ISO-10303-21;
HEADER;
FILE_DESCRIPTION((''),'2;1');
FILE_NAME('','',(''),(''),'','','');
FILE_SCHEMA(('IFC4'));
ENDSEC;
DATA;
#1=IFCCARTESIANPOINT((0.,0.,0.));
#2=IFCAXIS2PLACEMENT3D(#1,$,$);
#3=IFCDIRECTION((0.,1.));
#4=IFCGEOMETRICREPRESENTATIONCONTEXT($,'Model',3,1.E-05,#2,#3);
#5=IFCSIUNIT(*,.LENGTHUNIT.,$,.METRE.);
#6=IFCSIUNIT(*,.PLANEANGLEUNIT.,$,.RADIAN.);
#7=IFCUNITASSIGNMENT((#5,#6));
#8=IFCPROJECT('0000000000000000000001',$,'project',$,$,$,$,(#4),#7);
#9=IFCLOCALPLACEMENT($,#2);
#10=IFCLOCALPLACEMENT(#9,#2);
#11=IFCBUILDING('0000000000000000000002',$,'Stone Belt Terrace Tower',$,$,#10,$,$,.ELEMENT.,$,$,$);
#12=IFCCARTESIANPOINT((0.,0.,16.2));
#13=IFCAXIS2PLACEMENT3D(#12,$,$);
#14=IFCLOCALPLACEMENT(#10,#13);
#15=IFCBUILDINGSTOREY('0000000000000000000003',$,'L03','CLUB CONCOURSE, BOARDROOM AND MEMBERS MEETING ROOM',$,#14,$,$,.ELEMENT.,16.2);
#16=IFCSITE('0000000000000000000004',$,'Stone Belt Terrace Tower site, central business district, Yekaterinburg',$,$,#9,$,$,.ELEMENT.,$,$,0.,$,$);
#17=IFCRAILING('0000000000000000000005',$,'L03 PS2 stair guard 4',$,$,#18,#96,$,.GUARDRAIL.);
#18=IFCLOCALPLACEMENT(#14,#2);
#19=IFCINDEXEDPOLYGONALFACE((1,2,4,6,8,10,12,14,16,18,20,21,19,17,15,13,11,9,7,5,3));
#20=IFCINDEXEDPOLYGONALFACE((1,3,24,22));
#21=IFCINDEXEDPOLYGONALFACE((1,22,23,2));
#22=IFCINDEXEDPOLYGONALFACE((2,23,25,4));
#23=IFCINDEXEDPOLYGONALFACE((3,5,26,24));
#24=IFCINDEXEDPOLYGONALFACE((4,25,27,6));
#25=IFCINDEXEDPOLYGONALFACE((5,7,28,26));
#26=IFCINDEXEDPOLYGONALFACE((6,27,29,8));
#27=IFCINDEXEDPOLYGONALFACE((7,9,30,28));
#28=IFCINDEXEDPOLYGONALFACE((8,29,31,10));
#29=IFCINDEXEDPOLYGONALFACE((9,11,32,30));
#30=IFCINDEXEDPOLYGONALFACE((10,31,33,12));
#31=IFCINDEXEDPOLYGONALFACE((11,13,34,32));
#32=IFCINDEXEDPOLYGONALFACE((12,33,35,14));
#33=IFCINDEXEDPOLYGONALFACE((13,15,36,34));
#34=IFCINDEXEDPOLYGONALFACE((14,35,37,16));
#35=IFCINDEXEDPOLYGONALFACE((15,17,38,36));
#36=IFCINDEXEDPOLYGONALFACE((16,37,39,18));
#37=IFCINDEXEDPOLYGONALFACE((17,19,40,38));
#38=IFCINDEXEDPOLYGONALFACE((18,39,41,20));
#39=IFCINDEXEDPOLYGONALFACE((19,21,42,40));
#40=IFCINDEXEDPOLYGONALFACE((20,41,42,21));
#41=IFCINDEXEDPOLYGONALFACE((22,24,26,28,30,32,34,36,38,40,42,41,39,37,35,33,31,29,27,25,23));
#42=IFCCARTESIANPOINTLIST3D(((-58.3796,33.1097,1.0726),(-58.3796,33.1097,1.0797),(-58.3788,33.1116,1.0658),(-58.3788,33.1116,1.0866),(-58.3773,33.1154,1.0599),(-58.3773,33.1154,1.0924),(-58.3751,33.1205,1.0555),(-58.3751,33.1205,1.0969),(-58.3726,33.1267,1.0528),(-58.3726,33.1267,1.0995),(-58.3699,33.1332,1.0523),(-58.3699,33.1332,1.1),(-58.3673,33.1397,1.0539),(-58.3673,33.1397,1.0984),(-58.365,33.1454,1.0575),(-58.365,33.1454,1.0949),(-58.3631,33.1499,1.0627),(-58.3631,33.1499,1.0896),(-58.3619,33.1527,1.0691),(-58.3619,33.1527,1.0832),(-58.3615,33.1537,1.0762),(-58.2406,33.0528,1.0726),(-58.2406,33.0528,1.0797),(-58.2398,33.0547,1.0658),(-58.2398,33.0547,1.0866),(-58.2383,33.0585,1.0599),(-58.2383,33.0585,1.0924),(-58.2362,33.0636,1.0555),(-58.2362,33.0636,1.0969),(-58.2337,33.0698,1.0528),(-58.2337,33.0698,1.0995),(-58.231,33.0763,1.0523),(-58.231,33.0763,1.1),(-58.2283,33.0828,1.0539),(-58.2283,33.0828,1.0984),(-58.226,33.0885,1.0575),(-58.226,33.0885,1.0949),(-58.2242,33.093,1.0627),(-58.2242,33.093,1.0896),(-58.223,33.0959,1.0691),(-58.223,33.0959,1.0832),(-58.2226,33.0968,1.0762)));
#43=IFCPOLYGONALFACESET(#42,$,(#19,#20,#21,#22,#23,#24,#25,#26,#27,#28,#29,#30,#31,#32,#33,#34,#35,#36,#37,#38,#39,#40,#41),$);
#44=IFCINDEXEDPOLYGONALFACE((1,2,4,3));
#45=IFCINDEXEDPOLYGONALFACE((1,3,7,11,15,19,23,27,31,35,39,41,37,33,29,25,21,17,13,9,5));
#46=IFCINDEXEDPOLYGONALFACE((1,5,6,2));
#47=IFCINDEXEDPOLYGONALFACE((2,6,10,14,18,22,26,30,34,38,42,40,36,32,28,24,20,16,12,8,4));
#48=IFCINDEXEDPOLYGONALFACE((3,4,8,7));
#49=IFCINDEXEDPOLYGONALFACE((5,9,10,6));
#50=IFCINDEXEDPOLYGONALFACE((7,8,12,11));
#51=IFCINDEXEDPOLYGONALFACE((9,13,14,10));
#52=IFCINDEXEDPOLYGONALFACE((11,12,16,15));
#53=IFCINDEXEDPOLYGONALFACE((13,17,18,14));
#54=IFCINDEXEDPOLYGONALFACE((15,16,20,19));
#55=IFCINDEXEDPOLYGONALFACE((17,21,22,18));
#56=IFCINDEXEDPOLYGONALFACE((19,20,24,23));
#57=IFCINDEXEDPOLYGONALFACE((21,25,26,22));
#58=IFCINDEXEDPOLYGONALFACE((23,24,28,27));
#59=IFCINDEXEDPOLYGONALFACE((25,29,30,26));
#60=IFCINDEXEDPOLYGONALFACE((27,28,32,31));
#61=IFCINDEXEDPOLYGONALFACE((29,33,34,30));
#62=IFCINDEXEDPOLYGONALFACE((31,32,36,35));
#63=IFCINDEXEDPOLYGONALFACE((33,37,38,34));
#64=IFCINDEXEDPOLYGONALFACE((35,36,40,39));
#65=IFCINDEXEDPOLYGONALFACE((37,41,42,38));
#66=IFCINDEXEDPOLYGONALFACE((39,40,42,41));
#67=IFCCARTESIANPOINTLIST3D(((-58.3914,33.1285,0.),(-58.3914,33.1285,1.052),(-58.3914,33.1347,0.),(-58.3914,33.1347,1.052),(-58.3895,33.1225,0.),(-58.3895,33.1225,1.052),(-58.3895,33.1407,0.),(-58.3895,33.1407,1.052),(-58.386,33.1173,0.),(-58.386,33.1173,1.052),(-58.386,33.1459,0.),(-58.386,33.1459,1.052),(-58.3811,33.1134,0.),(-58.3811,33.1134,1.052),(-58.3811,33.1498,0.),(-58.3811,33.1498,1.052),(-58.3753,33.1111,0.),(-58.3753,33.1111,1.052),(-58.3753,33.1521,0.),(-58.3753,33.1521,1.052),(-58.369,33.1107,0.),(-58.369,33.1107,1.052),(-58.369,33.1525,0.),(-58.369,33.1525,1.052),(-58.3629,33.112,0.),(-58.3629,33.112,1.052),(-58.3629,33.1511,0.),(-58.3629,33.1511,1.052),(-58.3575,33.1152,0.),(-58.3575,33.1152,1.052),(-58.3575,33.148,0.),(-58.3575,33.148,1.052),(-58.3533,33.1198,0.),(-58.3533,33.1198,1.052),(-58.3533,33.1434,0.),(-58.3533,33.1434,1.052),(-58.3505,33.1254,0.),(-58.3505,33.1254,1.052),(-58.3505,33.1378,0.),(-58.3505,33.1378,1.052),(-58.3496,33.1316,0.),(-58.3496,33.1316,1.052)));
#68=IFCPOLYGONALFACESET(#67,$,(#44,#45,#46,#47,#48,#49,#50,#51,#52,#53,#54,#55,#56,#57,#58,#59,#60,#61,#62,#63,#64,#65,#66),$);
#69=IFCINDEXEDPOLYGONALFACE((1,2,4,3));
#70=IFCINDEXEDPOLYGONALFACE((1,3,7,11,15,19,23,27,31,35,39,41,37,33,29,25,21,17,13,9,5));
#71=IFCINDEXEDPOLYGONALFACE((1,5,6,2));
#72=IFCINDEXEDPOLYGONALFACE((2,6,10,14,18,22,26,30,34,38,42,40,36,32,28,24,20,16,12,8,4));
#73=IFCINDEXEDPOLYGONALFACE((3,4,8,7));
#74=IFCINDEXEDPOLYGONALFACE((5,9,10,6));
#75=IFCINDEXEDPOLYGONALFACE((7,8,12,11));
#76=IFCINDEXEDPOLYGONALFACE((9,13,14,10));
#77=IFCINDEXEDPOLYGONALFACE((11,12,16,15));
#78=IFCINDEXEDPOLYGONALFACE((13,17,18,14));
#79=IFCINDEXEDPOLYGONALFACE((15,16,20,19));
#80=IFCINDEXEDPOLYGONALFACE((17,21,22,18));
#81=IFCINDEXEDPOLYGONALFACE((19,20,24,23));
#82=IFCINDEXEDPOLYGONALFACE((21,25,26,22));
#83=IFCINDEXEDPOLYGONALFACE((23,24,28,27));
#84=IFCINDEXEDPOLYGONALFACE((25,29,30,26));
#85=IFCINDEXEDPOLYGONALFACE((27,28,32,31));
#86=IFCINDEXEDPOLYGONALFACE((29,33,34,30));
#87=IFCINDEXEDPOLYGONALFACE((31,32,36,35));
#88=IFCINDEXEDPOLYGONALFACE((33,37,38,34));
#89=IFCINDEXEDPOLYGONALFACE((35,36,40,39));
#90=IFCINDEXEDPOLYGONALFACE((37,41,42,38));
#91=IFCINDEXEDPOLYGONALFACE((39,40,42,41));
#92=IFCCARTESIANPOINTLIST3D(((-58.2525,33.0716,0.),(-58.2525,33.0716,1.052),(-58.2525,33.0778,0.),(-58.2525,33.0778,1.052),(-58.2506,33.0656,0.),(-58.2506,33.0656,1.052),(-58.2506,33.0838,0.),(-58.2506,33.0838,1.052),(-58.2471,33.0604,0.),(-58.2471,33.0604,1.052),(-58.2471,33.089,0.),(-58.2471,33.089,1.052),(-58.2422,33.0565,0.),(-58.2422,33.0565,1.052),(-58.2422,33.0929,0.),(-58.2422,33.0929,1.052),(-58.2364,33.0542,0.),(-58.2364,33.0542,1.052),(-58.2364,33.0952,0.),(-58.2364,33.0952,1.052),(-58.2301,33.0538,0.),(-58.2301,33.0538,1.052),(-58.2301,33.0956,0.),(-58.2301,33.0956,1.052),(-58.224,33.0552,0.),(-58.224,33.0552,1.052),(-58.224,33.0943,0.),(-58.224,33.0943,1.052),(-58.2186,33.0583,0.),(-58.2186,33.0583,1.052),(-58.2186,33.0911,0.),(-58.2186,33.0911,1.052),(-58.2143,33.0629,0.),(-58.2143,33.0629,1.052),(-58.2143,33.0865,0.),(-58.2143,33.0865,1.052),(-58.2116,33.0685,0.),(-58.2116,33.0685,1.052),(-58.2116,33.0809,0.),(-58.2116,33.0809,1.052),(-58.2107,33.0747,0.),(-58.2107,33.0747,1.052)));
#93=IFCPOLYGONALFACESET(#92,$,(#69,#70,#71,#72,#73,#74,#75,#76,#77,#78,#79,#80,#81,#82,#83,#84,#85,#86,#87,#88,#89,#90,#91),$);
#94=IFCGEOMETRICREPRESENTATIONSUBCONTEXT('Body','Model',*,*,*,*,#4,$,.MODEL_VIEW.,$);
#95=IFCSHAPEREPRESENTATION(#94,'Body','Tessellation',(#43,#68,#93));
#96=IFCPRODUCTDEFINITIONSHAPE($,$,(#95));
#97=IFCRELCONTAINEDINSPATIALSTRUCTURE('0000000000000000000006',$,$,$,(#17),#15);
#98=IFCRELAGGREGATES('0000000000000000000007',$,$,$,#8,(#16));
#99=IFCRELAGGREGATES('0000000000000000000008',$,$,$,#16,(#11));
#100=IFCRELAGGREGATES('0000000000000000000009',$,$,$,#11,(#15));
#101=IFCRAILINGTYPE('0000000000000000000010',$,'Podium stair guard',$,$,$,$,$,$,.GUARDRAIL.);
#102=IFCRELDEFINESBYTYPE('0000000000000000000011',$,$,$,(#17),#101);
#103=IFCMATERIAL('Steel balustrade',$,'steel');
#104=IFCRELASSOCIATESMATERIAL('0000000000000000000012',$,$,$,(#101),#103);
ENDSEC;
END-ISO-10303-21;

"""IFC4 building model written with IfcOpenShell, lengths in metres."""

from ifc_helpers import new_model, si_unit, direction, frame, origin, origin_2d, place, context, subcontext, project, spatial, circle, extrude, material, type_object, element, save


model = new_model("IFC4")

# Units and contexts
model_context = context("Model", 3, precision=1e-05, world=origin(), true_north=direction((0.0, 1.0)))
body_context = subcontext(model_context, "Body", "Model", "MODEL_VIEW")
ifc_project = project(units=[si_unit("LENGTHUNIT", "METRE"), si_unit("PLANEANGLEUNIT", "RADIAN")], contexts=[model_context])

# Site, building, storey
site_placement = place(None, origin())
site = spatial("IfcSite", under=ifc_project, at=site_placement, Name="Stone Belt Terrace Tower site, central business district, Yekaterinburg", CompositionType="ELEMENT", RefElevation=0.0)
building_placement = place(site_placement, origin())
building = spatial("IfcBuilding", under=site, at=building_placement, Name="Stone Belt Terrace Tower", CompositionType="ELEMENT")
storey_placement = place(building_placement, frame((0.0, 0.0, 16.2)))
storey = spatial("IfcBuildingStorey", under=building, at=storey_placement, Name="L03", Description="CLUB CONCOURSE, BOARDROOM AND MEMBERS MEETING ROOM", CompositionType="ELEMENT", Elevation=16.2)

# Railing
ifc_material_1 = material(Name="Steel balustrade", Category="steel")
railing_type_1 = type_object("IfcRailingType", Name="Podium stair guard", PredefinedType="GUARDRAIL", material=ifc_material_1)
railing_1_placement = place(storey_placement, frame((-58.3706, 33.1316, 0.0)))
element("IfcRailing", 1, at=railing_1_placement, inside=storey, type_object=railing_type_1, Name="L03 PS2 stair guard 4", PredefinedType="GUARDRAIL", context=body_context, shape_type="SweptSolid", body=[
    extrude(circle(Radius=0.0239, at=origin_2d()), frame((0.0, 0.0, 1.0762), z_axis=(0.925417, -0.378949, 0.0), x_axis=(0.378949, 0.925417, 0.0)), (0.0, 0.0, 1.0), 0.1501),
    extrude(circle(Radius=0.021, at=origin_2d()), origin(), (0.0, 0.0, 1.0), 1.052),
    extrude(circle(Radius=0.021, at=origin_2d()), frame((0.1389, -0.0569, 0.0)), (0.0, 0.0, 1.0), 1.052),
])

save(model, "model.ifc")
